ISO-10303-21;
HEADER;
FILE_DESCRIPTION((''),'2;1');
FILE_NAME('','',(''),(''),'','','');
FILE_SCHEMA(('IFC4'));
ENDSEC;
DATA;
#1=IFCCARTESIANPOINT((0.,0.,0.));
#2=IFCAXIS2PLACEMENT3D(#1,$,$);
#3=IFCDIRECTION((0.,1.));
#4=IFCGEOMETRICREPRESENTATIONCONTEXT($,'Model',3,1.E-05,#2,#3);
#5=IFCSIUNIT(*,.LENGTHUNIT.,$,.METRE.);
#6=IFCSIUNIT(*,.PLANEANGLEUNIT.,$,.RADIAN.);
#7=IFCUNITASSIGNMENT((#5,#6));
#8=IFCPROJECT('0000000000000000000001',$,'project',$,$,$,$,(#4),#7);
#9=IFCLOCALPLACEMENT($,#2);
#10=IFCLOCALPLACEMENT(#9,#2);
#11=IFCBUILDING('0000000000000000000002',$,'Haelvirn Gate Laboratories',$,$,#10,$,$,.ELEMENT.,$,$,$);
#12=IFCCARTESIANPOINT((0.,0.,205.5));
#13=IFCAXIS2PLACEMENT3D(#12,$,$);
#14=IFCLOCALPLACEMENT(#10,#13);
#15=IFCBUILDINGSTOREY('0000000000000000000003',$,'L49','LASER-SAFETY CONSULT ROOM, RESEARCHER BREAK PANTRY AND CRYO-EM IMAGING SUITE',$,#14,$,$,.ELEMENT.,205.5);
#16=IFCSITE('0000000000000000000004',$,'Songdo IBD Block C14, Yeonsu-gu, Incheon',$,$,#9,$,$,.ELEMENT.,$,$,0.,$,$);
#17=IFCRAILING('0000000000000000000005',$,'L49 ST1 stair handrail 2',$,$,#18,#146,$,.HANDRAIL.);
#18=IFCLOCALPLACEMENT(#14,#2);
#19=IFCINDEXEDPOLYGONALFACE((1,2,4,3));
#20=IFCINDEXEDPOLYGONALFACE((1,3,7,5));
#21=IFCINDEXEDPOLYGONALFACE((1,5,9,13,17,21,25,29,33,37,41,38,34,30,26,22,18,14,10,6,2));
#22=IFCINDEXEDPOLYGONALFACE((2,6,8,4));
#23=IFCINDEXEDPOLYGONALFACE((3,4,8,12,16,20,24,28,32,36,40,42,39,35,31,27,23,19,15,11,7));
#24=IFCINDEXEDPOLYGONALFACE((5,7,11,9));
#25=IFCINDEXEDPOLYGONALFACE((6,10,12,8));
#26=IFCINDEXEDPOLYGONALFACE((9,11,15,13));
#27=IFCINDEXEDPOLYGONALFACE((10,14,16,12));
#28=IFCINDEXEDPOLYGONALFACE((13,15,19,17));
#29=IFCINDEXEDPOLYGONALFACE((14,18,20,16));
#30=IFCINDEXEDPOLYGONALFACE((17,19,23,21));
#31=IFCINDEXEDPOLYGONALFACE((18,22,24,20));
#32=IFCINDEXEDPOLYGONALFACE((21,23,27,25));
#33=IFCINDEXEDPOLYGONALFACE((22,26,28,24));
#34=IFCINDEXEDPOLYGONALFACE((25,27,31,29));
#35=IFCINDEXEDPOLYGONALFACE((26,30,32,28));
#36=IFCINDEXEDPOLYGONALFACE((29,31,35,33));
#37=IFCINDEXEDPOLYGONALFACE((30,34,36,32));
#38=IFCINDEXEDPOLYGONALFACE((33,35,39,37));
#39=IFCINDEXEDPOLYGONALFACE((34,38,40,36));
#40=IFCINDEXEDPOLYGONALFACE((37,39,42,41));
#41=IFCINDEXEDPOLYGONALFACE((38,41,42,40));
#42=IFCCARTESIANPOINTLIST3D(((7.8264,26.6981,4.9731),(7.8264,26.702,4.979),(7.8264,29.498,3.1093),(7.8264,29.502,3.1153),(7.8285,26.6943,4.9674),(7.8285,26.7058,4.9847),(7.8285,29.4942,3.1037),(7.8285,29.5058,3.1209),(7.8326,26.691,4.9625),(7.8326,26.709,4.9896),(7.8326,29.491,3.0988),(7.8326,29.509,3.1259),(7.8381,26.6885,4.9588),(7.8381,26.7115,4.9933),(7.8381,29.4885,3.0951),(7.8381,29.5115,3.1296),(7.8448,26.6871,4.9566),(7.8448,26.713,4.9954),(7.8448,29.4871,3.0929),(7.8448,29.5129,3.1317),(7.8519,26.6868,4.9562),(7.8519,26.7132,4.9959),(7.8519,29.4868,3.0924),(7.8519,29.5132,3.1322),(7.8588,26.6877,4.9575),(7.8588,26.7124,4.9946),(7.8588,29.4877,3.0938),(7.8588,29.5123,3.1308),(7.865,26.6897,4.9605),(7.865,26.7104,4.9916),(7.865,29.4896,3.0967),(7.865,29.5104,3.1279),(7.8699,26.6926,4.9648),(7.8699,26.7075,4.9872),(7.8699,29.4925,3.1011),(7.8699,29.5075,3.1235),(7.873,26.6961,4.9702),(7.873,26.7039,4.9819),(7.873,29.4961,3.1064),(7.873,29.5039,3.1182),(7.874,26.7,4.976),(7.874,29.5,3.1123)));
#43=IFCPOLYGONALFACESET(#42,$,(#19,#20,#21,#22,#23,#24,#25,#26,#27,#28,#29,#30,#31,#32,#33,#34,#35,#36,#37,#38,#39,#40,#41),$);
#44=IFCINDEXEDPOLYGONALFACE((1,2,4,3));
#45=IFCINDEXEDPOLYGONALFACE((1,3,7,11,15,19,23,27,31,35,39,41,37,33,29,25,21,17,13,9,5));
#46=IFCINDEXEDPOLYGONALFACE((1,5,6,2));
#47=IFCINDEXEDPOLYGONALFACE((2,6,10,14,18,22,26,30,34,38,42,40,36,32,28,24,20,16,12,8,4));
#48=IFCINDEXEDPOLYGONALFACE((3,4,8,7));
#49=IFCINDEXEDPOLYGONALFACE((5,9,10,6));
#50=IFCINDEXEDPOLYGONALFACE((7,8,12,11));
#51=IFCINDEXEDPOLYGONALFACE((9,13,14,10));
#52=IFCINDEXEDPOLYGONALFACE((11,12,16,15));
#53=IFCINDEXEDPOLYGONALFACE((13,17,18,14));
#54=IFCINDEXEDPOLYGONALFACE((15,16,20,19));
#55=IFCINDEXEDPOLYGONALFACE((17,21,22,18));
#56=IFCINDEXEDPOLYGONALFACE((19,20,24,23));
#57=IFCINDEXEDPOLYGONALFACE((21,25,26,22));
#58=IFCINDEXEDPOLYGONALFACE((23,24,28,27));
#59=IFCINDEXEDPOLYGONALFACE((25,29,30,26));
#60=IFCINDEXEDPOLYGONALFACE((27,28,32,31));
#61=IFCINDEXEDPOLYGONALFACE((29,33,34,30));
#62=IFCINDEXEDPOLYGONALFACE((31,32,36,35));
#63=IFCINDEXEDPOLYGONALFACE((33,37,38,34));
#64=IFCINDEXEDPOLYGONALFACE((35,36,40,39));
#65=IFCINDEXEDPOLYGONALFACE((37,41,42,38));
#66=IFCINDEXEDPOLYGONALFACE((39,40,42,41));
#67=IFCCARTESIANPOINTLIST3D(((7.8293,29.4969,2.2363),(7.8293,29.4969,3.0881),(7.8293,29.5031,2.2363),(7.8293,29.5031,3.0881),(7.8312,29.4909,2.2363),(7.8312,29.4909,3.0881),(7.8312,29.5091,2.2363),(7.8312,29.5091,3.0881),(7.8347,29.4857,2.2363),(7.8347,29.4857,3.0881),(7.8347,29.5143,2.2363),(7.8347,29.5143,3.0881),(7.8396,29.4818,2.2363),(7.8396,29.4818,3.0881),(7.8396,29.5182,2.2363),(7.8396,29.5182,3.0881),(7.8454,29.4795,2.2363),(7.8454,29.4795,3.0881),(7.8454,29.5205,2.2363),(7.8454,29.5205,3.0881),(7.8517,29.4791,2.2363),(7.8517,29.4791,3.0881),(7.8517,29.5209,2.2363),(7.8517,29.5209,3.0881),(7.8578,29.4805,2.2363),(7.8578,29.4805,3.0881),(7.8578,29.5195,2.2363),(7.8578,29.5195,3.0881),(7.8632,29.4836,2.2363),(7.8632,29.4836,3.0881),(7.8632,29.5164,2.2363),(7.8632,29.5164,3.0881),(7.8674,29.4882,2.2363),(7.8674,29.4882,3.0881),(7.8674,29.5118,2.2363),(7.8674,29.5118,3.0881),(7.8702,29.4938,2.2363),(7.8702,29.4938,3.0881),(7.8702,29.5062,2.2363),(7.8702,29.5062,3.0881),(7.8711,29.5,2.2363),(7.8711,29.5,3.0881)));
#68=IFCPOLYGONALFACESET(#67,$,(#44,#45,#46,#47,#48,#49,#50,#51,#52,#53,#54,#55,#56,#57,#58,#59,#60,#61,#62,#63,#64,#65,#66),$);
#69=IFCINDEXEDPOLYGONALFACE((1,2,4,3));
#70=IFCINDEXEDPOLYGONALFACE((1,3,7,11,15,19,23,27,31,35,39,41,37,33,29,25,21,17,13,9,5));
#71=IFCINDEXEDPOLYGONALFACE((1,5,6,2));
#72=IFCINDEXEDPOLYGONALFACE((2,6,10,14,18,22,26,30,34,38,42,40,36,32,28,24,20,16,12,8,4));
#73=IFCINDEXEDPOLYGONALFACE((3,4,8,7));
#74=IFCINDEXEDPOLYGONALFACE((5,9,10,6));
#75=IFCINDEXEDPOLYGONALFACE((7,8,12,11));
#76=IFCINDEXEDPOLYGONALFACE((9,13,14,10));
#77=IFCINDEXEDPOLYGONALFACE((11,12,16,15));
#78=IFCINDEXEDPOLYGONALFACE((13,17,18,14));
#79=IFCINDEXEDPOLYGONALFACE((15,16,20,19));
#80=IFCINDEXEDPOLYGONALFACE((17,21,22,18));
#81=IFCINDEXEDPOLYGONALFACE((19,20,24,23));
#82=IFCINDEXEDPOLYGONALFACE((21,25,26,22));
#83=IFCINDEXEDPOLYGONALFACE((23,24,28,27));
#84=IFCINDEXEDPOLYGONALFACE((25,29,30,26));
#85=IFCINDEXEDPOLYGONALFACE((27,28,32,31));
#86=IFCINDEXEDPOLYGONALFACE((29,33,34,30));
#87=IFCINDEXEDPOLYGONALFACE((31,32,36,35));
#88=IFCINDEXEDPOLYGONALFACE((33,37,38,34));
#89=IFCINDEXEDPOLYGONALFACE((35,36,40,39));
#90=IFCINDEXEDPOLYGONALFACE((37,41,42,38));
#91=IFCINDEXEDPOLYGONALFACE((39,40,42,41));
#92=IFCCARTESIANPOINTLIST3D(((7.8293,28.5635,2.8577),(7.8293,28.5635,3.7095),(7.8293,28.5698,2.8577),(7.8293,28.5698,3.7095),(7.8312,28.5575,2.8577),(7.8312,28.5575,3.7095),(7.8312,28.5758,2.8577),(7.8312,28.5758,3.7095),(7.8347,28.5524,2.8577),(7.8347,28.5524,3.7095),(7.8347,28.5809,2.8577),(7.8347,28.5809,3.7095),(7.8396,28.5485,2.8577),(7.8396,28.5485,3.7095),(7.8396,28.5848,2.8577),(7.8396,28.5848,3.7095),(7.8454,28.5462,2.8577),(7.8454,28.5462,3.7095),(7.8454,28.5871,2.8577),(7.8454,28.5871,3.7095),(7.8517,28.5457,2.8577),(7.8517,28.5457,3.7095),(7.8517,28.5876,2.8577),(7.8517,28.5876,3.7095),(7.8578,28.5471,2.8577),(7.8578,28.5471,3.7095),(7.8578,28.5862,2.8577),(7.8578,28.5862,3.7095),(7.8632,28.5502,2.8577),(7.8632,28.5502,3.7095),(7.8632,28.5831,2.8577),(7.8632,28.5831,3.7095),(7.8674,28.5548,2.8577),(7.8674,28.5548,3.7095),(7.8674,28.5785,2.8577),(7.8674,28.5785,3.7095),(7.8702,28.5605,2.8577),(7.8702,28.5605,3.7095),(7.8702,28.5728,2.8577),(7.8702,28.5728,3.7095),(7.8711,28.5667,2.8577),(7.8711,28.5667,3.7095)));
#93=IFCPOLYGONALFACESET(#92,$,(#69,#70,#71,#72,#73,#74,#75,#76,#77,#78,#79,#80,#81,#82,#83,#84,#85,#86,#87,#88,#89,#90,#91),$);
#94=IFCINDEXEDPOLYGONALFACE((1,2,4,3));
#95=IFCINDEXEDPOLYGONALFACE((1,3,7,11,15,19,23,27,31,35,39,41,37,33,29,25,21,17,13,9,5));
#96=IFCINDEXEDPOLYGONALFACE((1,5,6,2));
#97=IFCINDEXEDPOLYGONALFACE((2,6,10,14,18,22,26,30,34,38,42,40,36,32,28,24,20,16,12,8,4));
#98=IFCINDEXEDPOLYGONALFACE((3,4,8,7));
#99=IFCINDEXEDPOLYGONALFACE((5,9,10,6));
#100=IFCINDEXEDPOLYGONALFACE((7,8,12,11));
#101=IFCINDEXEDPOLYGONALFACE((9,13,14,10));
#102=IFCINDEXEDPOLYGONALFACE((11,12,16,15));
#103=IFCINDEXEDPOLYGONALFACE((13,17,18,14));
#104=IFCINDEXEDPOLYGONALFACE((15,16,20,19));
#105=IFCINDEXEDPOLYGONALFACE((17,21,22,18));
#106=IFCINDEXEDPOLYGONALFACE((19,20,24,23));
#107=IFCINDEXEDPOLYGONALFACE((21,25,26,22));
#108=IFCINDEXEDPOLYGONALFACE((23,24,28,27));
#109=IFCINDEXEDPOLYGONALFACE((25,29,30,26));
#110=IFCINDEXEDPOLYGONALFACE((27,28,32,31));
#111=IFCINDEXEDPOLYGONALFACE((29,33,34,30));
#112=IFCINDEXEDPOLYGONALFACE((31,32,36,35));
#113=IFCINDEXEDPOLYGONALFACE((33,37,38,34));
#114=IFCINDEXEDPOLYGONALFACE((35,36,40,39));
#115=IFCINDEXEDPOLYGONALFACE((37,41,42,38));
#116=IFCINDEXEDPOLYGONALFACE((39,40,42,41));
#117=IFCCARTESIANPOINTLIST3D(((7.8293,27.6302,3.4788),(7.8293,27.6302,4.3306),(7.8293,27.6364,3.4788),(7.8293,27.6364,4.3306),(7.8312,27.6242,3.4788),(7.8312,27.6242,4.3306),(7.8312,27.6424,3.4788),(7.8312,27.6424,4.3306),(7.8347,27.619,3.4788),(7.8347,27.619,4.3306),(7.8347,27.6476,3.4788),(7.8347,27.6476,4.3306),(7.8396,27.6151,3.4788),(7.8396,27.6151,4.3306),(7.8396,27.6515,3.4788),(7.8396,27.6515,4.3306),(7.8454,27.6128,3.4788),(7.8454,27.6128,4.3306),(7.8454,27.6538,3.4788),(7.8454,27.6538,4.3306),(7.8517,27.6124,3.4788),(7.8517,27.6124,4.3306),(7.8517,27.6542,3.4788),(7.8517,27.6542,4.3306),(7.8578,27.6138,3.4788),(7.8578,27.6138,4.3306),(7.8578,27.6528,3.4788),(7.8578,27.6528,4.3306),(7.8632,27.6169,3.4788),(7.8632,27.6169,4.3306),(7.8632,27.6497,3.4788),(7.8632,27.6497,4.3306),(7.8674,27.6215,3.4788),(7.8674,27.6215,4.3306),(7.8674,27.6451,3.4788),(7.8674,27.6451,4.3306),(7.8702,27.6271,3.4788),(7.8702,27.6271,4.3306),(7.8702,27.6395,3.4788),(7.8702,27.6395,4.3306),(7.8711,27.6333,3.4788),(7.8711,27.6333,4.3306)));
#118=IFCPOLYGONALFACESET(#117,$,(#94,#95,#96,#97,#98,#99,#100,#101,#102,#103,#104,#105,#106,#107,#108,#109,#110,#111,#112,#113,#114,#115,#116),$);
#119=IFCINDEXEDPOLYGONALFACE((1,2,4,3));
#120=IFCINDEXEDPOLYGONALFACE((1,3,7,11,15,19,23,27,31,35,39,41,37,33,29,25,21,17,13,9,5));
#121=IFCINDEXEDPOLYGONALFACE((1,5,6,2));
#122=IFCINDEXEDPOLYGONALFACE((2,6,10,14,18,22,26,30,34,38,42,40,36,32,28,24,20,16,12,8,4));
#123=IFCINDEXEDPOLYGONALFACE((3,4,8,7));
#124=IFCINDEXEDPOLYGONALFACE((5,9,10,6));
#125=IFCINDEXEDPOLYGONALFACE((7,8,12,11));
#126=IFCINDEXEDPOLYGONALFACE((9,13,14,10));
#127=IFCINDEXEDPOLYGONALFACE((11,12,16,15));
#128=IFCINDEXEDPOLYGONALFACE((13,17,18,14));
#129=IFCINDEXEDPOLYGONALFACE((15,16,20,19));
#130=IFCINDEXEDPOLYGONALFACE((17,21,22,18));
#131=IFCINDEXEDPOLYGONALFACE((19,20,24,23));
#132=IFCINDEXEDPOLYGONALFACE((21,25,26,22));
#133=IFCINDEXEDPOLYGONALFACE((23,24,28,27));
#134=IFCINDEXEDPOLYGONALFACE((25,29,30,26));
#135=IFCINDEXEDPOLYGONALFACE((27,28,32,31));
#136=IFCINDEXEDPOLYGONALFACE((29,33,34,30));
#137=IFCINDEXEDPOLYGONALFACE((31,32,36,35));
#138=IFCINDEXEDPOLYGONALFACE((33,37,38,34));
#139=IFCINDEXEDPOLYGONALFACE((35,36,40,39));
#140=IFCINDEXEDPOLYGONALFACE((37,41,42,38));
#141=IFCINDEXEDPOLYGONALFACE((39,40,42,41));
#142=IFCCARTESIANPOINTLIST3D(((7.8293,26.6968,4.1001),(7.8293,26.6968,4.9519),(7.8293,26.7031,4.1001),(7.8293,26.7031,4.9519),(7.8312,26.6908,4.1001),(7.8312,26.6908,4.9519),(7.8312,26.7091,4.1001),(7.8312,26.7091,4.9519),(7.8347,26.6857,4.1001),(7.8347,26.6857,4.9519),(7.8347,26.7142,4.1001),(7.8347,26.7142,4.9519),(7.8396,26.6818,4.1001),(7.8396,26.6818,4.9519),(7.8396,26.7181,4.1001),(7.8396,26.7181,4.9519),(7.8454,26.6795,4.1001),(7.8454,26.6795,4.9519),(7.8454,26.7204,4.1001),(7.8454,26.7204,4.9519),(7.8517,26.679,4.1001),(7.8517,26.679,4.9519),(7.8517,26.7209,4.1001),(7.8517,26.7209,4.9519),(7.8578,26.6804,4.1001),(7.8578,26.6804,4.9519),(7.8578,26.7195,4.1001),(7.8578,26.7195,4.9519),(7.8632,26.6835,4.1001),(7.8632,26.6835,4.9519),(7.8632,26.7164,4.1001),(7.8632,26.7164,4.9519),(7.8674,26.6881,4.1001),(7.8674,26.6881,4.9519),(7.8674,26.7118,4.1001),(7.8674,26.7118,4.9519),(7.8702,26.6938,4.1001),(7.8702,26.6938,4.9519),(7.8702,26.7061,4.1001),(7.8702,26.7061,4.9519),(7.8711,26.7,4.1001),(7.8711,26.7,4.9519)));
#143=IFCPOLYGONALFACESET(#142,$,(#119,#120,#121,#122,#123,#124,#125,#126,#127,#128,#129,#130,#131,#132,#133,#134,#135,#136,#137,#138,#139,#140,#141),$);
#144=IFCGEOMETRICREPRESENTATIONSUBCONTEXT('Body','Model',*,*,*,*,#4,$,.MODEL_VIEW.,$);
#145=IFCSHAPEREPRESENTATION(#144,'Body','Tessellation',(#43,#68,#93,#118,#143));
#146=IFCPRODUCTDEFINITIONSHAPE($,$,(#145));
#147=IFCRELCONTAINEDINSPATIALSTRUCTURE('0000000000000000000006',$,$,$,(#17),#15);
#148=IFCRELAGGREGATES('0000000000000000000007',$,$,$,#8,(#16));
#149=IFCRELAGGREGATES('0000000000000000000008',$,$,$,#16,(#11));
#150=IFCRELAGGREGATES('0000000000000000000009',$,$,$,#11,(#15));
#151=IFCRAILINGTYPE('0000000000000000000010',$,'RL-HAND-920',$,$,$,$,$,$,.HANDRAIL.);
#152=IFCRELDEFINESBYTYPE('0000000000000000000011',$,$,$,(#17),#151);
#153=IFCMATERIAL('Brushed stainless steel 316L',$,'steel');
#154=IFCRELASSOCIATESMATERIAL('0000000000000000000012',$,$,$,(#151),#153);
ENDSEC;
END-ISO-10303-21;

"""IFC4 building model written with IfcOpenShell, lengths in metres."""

from ifc_helpers import new_model, si_unit, direction, frame, origin, origin_2d, place, context, subcontext, project, spatial, circle, extrude, source, transform, mapped, material, type_object, element, save


model = new_model("IFC4")

# Units and contexts
model_context = context("Model", 3, precision=1e-05, world=origin(), true_north=direction((0.0, 1.0)))
body_context = subcontext(model_context, "Body", "Model", "MODEL_VIEW")
ifc_project = project(units=[si_unit("LENGTHUNIT", "METRE"), si_unit("PLANEANGLEUNIT", "RADIAN")], contexts=[model_context])

# Site, building, storey
site_placement = place(None, origin())
site = spatial("IfcSite", under=ifc_project, at=site_placement, Name="Songdo IBD Block C14, Yeonsu-gu, Incheon", CompositionType="ELEMENT", RefElevation=0.0)
building_placement = place(site_placement, origin())
building = spatial("IfcBuilding", under=site, at=building_placement, Name="Haelvirn Gate Laboratories", CompositionType="ELEMENT")
storey_placement = place(building_placement, frame((0.0, 0.0, 205.5)))
storey = spatial("IfcBuildingStorey", under=building, at=storey_placement, Name="L49", Description="LASER-SAFETY CONSULT ROOM, RESEARCHER BREAK PANTRY AND CRYO-EM IMAGING SUITE", CompositionType="ELEMENT", Elevation=205.5)

# Railing
ifc_material_1 = material(Name="Brushed stainless steel 316L", Category="steel")
railing_type_1 = type_object("IfcRailingType", Name="RL-HAND-920", PredefinedType="HANDRAIL", material=ifc_material_1)
shared_shape_1 = source(origin(), body_context, "Body", "SweptSolid", [
    extrude(circle(Radius=0.0239, at=origin_2d()), frame((0.0, 0.0, 0.876), z_axis=(0.0, -0.832452, 0.554097), x_axis=(1.0, 0.0, 0.0)), (0.0, 0.0, 1.0), 3.3635),
    extrude(circle(Radius=0.021, at=origin_2d()), origin(), (0.0, 0.0, 1.0), 0.8518),
    extrude(circle(Radius=0.021, at=origin_2d()), frame((0.0, -0.9333, 0.6213)), (0.0, 0.0, 1.0), 0.8518),
    extrude(circle(Radius=0.021, at=origin_2d()), frame((0.0, -1.8667, 1.2424)), (0.0, 0.0, 1.0), 0.8518),
    extrude(circle(Radius=0.021, at=origin_2d()), frame((0.0, -2.8, 1.8638)), (0.0, 0.0, 1.0), 0.8518),
])
railing_1_placement = place(storey_placement, frame((7.8501, 29.5, 2.2363)))
element("IfcRailing", 1, at=railing_1_placement, inside=storey, type_object=railing_type_1, Name="L49 ST1 stair handrail 2", PredefinedType="HANDRAIL", context=body_context, shape_type="MappedRepresentation", body=[
    mapped(shared_shape_1, transform((0.0, 0.0, 0.0), scale=1.0)),
])

save(model, "model.ifc")
